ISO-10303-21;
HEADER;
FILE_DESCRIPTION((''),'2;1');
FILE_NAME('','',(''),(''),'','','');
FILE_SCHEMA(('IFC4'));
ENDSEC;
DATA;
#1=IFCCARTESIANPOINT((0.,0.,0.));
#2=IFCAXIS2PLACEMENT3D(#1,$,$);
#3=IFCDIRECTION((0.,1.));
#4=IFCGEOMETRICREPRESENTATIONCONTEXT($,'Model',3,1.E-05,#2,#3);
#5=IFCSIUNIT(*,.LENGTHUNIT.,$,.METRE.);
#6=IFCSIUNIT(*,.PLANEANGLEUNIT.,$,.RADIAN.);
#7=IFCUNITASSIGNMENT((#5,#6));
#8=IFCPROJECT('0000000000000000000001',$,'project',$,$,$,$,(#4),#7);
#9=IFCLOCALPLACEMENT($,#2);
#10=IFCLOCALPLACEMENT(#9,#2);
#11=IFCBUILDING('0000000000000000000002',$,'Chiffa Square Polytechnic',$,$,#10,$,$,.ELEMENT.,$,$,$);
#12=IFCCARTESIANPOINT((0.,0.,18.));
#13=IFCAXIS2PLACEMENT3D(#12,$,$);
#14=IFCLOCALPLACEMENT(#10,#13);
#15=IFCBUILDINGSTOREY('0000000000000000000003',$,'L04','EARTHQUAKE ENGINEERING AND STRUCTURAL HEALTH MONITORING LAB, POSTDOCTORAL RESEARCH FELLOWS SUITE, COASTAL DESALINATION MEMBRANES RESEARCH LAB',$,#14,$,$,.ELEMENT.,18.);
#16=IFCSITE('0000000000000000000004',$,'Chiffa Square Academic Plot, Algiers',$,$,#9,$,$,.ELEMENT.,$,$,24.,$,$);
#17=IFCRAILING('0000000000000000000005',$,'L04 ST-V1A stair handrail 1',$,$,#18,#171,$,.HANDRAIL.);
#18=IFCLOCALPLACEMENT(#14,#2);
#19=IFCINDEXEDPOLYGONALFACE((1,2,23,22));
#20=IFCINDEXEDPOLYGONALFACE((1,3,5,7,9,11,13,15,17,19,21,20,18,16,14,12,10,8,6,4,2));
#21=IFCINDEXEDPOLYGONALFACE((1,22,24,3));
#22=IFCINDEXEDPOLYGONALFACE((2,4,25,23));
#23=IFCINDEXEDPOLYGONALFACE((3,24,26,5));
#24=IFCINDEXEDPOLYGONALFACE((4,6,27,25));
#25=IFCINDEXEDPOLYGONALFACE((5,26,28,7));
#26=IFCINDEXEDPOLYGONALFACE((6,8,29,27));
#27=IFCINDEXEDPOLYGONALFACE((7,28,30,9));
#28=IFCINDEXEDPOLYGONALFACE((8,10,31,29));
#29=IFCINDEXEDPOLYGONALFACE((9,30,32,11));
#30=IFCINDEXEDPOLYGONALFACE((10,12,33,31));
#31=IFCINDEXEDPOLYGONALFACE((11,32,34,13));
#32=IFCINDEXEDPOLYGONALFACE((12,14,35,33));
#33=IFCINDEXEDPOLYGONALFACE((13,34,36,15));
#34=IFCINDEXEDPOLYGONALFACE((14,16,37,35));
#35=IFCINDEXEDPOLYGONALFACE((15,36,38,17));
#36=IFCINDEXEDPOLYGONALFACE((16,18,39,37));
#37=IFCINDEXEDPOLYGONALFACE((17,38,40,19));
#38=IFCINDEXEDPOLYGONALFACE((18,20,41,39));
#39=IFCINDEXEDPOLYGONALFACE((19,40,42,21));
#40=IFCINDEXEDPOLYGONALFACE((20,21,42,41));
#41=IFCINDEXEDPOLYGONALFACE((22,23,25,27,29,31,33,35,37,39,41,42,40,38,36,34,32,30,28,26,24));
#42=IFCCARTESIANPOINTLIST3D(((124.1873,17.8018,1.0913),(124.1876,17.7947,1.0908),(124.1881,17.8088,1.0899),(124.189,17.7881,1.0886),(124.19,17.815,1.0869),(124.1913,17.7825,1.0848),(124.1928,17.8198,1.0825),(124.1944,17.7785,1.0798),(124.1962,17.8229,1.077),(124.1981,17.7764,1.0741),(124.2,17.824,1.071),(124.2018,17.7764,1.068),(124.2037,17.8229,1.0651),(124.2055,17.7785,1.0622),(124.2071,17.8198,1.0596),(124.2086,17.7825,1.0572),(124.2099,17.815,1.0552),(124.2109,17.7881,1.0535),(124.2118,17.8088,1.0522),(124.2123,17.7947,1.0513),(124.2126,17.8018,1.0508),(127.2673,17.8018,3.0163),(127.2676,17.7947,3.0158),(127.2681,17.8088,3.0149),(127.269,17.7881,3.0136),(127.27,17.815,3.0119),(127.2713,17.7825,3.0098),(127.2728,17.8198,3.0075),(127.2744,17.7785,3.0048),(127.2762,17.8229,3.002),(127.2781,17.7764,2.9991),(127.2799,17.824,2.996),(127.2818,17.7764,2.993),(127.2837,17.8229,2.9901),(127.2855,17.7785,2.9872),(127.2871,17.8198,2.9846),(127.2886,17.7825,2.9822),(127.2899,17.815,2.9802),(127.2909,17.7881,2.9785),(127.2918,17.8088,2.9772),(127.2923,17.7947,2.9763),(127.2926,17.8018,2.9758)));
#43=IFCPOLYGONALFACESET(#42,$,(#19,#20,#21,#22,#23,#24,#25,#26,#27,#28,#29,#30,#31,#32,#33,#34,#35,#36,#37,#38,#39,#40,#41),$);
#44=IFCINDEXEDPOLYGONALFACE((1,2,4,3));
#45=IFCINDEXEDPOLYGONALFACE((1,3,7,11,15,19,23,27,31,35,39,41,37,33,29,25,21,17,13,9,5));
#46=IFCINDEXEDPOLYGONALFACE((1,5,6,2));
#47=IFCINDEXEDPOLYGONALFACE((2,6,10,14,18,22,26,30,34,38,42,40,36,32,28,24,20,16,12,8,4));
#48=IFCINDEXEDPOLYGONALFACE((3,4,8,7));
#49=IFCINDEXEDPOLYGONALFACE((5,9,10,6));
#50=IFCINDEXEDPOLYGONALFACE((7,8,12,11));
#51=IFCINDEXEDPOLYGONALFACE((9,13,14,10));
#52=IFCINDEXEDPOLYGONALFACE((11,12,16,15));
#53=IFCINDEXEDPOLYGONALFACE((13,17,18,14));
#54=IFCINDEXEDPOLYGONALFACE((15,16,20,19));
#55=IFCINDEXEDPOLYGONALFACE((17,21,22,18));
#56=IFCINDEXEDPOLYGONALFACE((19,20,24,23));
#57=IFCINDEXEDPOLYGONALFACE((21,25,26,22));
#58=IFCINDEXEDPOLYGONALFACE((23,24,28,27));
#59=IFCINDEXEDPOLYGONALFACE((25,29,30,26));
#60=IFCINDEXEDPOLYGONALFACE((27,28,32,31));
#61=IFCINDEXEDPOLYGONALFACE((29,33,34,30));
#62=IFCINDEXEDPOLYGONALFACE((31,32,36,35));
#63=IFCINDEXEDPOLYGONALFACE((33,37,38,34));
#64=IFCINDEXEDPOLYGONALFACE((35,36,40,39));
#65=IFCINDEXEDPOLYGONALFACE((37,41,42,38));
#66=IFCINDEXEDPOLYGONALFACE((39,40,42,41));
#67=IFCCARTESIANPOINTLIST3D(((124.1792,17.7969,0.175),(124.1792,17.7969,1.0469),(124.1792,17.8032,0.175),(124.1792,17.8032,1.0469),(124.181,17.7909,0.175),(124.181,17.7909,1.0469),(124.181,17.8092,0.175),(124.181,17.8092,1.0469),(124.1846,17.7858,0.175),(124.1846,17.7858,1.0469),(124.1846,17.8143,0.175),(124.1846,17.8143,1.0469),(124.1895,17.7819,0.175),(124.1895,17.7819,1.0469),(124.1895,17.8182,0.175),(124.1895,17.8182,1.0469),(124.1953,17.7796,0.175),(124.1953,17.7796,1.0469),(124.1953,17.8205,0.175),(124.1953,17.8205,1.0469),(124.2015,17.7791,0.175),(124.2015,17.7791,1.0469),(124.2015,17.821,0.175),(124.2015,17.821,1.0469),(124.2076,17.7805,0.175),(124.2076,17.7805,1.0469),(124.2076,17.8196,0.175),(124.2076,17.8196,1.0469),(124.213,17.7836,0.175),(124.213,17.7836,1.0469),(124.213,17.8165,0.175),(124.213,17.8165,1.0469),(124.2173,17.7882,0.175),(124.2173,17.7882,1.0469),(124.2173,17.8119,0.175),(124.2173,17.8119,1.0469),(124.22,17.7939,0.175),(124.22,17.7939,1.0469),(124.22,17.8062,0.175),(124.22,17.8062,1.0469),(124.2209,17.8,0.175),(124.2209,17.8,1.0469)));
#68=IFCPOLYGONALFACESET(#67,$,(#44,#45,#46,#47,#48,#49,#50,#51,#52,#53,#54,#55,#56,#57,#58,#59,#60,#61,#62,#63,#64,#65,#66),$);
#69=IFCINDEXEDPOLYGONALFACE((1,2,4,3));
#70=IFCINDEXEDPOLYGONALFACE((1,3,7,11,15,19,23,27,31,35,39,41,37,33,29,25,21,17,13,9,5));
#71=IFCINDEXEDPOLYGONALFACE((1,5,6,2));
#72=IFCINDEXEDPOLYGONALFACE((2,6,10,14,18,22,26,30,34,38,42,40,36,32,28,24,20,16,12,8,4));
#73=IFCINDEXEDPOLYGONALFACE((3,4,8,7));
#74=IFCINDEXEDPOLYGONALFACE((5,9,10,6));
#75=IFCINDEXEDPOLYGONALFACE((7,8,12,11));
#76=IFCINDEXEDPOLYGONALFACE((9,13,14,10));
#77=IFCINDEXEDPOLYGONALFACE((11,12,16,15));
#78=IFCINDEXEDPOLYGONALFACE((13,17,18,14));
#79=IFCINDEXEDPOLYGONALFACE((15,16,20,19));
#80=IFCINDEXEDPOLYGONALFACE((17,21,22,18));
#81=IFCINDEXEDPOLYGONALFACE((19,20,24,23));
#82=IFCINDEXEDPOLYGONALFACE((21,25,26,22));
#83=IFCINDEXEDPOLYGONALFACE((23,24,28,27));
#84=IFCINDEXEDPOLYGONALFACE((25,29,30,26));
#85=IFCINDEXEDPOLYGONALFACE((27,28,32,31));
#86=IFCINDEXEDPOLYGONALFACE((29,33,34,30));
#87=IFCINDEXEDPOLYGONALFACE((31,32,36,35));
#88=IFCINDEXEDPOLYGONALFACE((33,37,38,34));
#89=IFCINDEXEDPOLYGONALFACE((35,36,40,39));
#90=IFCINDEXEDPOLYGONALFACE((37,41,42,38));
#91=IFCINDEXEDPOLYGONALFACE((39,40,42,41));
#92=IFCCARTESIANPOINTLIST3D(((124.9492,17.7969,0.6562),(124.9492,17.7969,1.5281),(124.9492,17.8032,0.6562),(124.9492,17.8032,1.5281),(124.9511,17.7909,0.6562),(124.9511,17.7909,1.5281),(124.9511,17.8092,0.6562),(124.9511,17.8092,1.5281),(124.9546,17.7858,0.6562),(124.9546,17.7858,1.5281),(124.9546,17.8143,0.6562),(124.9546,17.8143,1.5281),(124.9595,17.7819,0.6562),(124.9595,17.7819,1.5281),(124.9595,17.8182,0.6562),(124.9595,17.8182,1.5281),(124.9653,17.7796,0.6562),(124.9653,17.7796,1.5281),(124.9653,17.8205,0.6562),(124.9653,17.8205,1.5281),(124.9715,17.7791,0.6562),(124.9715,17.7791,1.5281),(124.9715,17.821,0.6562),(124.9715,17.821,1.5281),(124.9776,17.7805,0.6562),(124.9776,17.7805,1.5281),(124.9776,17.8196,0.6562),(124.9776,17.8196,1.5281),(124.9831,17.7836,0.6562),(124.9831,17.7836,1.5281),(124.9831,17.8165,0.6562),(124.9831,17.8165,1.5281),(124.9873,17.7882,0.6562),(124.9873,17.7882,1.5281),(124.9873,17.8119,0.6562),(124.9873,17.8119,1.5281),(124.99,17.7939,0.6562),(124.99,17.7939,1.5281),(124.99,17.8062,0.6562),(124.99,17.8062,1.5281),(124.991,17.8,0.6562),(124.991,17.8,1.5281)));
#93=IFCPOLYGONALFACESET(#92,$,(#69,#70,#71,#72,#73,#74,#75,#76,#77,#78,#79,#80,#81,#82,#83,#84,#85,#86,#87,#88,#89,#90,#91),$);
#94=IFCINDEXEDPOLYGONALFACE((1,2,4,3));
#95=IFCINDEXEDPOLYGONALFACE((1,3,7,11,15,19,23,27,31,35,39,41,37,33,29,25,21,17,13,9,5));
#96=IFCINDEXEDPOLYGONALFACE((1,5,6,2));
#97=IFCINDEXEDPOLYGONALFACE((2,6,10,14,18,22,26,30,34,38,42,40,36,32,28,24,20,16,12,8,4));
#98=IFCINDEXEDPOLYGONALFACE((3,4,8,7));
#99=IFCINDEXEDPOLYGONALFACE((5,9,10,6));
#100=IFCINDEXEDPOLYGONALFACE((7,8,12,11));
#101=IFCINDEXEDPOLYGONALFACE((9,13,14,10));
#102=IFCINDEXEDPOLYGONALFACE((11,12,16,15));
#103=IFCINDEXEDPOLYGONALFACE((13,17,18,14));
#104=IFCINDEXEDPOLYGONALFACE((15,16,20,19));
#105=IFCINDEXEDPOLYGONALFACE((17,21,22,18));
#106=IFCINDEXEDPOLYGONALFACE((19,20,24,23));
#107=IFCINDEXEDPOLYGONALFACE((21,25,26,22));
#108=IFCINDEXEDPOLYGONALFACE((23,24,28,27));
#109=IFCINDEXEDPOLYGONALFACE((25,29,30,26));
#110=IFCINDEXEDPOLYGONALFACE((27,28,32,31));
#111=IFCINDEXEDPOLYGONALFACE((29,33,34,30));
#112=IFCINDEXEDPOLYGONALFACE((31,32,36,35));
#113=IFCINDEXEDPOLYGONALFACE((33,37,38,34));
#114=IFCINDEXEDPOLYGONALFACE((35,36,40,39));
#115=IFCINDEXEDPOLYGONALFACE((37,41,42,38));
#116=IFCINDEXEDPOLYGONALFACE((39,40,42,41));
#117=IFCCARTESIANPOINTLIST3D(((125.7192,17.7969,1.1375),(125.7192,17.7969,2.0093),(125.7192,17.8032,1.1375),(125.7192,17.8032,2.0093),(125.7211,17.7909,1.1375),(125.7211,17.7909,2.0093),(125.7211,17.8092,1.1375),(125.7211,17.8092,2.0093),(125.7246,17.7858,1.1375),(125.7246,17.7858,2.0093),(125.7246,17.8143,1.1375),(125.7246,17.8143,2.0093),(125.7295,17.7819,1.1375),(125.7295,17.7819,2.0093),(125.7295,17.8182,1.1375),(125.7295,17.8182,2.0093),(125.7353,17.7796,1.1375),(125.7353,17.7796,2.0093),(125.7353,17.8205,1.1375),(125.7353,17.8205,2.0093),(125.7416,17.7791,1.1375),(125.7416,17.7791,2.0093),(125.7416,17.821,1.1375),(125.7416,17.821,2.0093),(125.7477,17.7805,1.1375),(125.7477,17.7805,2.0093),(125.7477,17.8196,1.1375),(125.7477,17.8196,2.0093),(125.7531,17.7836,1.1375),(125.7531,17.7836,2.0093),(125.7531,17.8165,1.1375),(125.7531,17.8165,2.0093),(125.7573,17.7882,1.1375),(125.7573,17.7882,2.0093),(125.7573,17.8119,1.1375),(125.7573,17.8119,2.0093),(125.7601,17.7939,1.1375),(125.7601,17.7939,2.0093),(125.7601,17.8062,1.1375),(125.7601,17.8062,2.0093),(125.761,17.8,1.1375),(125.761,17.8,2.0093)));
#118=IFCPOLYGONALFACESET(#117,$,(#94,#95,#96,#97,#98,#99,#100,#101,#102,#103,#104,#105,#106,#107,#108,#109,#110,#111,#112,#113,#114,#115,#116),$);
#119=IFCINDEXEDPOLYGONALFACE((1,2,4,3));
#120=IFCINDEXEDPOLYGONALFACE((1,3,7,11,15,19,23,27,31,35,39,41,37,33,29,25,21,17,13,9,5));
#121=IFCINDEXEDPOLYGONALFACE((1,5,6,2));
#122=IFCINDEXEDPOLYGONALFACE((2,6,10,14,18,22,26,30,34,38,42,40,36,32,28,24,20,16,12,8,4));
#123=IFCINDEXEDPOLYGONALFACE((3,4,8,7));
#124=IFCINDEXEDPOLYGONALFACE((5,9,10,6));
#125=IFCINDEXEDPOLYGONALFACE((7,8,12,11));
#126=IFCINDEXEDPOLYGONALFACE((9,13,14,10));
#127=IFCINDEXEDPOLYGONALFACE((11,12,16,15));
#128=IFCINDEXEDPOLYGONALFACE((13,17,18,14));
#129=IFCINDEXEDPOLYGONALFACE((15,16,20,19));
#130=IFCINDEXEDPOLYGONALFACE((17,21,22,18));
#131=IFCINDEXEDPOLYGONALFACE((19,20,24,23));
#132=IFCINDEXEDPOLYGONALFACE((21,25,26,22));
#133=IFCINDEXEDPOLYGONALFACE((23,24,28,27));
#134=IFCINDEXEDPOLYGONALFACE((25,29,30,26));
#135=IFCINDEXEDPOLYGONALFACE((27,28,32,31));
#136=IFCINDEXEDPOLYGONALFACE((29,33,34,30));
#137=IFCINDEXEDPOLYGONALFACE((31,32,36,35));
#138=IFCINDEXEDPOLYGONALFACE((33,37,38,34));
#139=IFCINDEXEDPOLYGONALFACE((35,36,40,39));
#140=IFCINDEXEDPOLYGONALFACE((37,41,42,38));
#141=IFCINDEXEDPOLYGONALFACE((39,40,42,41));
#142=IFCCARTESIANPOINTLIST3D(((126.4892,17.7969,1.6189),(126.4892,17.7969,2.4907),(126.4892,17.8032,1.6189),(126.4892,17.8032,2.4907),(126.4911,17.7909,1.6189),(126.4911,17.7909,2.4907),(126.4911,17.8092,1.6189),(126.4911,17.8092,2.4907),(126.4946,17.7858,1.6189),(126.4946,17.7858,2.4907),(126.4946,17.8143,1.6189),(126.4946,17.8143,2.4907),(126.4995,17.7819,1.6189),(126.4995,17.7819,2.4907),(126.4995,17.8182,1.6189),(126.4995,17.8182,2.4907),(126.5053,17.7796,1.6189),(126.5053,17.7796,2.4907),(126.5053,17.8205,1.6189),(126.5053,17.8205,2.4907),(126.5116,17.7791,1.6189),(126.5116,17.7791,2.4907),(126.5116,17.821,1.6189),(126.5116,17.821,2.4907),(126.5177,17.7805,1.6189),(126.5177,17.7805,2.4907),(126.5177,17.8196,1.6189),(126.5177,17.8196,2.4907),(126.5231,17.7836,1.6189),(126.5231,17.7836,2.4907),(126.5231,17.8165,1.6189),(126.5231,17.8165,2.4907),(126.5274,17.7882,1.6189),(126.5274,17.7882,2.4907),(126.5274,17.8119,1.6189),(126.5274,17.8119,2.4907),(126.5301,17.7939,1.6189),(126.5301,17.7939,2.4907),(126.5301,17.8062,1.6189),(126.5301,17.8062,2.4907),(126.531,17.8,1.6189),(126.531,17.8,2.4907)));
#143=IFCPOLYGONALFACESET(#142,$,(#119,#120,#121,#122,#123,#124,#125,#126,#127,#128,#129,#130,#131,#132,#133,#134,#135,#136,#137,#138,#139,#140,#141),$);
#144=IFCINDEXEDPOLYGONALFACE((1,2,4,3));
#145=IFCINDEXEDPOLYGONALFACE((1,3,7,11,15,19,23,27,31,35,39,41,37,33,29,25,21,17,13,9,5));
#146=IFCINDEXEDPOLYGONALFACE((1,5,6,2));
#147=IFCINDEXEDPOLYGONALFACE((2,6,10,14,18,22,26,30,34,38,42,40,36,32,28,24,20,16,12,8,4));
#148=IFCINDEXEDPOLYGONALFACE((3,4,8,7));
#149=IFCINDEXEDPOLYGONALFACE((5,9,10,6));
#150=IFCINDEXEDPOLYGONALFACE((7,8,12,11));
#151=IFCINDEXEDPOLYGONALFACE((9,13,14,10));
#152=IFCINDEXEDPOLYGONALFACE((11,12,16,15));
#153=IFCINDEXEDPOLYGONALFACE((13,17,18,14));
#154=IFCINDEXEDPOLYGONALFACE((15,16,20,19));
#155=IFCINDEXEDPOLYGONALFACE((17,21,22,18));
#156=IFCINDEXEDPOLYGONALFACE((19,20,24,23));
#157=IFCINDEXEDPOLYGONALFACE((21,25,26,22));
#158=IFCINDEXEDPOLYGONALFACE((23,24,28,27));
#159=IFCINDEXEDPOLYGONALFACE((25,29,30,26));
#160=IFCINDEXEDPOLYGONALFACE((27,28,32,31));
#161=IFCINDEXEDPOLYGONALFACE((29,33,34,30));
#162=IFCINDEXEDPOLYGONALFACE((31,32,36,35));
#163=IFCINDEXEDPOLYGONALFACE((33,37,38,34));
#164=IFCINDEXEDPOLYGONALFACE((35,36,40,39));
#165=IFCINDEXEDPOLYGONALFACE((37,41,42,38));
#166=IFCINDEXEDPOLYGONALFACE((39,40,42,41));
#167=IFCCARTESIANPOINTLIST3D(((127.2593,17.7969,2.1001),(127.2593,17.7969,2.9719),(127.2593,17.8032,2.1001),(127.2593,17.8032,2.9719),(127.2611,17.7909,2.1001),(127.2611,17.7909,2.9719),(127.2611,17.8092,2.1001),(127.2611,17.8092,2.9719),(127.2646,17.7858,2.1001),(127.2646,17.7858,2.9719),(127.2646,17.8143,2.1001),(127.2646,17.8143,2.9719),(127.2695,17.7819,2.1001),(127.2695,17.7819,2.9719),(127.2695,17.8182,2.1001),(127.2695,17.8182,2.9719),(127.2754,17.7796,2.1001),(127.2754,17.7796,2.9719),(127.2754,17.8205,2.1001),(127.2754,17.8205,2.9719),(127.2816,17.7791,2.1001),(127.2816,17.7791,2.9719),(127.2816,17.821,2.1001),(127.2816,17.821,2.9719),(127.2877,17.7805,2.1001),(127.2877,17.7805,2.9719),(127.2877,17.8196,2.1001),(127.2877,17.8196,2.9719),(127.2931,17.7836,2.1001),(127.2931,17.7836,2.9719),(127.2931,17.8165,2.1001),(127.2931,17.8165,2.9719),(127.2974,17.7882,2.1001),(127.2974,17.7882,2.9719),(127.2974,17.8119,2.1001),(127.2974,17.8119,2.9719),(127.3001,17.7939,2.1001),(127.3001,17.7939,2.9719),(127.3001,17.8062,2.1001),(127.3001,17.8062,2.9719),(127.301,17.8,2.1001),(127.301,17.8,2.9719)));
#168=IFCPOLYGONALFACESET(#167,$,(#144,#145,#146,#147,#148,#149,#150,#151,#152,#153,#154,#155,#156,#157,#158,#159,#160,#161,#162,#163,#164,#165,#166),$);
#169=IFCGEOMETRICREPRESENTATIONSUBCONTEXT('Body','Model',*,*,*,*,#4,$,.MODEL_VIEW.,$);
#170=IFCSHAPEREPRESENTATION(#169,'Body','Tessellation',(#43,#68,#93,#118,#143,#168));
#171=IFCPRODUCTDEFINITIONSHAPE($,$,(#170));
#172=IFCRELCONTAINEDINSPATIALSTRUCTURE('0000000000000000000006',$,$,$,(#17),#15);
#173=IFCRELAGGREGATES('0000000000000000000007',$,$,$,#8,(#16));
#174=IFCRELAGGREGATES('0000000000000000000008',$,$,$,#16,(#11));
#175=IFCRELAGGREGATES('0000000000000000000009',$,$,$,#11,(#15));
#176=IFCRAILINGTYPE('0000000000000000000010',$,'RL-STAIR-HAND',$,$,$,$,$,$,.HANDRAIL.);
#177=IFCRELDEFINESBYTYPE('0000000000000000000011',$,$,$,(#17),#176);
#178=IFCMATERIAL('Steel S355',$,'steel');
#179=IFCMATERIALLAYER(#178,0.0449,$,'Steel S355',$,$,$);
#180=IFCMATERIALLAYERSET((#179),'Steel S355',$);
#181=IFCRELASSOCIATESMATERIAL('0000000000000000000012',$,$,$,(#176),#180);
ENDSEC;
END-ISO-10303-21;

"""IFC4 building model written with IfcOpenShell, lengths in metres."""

from ifc_helpers import new_model, si_unit, direction, frame, origin, origin_2d, place, context, subcontext, project, spatial, circle, extrude, material, layer, layer_set, type_object, element, save


model = new_model("IFC4")

# Units and contexts
model_context = context("Model", 3, precision=1e-05, world=origin(), true_north=direction((0.0, 1.0)))
body_context = subcontext(model_context, "Body", "Model", "MODEL_VIEW")
ifc_project = project(units=[si_unit("LENGTHUNIT", "METRE"), si_unit("PLANEANGLEUNIT", "RADIAN")], contexts=[model_context])

# Site, building, storey
site_placement = place(None, origin())
site = spatial("IfcSite", under=ifc_project, at=site_placement, Name="Chiffa Square Academic Plot, Algiers", CompositionType="ELEMENT", RefElevation=24.0)
building_placement = place(site_placement, origin())
building = spatial("IfcBuilding", under=site, at=building_placement, Name="Chiffa Square Polytechnic", CompositionType="ELEMENT")
storey_placement = place(building_placement, frame((0.0, 0.0, 18.0)))
storey = spatial("IfcBuildingStorey", under=building, at=storey_placement, Name="L04", Description="EARTHQUAKE ENGINEERING AND STRUCTURAL HEALTH MONITORING LAB, POSTDOCTORAL RESEARCH FELLOWS SUITE, COASTAL DESALINATION MEMBRANES RESEARCH LAB", CompositionType="ELEMENT", Elevation=18.0)

# Railing
ifc_material_1 = material(Name="Steel S355", Category="steel")
ifc_layer_1 = layer(ifc_material_1, 0.0449, Name="Steel S355")
ifc_layer_set_1 = layer_set([ifc_layer_1], Name="Steel S355")
railing_type_1 = type_object("IfcRailingType", Name="RL-STAIR-HAND", PredefinedType="HANDRAIL", material=ifc_layer_set_1)
railing_1_placement = place(storey_placement, frame((124.2, 17.8, 0.175)))
element("IfcRailing", 1, at=railing_1_placement, inside=storey, type_object=railing_type_1, Name="L04 ST-V1A stair handrail 1", PredefinedType="HANDRAIL", context=body_context, shape_type="SweptSolid", body=[
    extrude(circle(Radius=0.0239, at=origin_2d()), frame((0.0, 0.0, 0.896), z_axis=(0.847998, 0.0, 0.529999), x_axis=(0.0, 1.0, 0.0)), (0.0, 0.0, 1.0), 3.6321),
    extrude(circle(Radius=0.021, at=origin_2d()), origin(), (0.0, 0.0, 1.0), 0.8718),
    extrude(circle(Radius=0.021, at=origin_2d()), frame((0.77, 0.0, 0.4812)), (0.0, 0.0, 1.0), 0.8718),
    extrude(circle(Radius=0.021, at=origin_2d()), frame((1.54, 0.0, 0.9624)), (0.0, 0.0, 1.0), 0.8718),
    extrude(circle(Radius=0.021, at=origin_2d()), frame((2.3101, 0.0, 1.4438)), (0.0, 0.0, 1.0), 0.8718),
    extrude(circle(Radius=0.021, at=origin_2d()), frame((3.0801, 0.0, 1.925)), (0.0, 0.0, 1.0), 0.8718),
])

save(model, "model.ifc")
